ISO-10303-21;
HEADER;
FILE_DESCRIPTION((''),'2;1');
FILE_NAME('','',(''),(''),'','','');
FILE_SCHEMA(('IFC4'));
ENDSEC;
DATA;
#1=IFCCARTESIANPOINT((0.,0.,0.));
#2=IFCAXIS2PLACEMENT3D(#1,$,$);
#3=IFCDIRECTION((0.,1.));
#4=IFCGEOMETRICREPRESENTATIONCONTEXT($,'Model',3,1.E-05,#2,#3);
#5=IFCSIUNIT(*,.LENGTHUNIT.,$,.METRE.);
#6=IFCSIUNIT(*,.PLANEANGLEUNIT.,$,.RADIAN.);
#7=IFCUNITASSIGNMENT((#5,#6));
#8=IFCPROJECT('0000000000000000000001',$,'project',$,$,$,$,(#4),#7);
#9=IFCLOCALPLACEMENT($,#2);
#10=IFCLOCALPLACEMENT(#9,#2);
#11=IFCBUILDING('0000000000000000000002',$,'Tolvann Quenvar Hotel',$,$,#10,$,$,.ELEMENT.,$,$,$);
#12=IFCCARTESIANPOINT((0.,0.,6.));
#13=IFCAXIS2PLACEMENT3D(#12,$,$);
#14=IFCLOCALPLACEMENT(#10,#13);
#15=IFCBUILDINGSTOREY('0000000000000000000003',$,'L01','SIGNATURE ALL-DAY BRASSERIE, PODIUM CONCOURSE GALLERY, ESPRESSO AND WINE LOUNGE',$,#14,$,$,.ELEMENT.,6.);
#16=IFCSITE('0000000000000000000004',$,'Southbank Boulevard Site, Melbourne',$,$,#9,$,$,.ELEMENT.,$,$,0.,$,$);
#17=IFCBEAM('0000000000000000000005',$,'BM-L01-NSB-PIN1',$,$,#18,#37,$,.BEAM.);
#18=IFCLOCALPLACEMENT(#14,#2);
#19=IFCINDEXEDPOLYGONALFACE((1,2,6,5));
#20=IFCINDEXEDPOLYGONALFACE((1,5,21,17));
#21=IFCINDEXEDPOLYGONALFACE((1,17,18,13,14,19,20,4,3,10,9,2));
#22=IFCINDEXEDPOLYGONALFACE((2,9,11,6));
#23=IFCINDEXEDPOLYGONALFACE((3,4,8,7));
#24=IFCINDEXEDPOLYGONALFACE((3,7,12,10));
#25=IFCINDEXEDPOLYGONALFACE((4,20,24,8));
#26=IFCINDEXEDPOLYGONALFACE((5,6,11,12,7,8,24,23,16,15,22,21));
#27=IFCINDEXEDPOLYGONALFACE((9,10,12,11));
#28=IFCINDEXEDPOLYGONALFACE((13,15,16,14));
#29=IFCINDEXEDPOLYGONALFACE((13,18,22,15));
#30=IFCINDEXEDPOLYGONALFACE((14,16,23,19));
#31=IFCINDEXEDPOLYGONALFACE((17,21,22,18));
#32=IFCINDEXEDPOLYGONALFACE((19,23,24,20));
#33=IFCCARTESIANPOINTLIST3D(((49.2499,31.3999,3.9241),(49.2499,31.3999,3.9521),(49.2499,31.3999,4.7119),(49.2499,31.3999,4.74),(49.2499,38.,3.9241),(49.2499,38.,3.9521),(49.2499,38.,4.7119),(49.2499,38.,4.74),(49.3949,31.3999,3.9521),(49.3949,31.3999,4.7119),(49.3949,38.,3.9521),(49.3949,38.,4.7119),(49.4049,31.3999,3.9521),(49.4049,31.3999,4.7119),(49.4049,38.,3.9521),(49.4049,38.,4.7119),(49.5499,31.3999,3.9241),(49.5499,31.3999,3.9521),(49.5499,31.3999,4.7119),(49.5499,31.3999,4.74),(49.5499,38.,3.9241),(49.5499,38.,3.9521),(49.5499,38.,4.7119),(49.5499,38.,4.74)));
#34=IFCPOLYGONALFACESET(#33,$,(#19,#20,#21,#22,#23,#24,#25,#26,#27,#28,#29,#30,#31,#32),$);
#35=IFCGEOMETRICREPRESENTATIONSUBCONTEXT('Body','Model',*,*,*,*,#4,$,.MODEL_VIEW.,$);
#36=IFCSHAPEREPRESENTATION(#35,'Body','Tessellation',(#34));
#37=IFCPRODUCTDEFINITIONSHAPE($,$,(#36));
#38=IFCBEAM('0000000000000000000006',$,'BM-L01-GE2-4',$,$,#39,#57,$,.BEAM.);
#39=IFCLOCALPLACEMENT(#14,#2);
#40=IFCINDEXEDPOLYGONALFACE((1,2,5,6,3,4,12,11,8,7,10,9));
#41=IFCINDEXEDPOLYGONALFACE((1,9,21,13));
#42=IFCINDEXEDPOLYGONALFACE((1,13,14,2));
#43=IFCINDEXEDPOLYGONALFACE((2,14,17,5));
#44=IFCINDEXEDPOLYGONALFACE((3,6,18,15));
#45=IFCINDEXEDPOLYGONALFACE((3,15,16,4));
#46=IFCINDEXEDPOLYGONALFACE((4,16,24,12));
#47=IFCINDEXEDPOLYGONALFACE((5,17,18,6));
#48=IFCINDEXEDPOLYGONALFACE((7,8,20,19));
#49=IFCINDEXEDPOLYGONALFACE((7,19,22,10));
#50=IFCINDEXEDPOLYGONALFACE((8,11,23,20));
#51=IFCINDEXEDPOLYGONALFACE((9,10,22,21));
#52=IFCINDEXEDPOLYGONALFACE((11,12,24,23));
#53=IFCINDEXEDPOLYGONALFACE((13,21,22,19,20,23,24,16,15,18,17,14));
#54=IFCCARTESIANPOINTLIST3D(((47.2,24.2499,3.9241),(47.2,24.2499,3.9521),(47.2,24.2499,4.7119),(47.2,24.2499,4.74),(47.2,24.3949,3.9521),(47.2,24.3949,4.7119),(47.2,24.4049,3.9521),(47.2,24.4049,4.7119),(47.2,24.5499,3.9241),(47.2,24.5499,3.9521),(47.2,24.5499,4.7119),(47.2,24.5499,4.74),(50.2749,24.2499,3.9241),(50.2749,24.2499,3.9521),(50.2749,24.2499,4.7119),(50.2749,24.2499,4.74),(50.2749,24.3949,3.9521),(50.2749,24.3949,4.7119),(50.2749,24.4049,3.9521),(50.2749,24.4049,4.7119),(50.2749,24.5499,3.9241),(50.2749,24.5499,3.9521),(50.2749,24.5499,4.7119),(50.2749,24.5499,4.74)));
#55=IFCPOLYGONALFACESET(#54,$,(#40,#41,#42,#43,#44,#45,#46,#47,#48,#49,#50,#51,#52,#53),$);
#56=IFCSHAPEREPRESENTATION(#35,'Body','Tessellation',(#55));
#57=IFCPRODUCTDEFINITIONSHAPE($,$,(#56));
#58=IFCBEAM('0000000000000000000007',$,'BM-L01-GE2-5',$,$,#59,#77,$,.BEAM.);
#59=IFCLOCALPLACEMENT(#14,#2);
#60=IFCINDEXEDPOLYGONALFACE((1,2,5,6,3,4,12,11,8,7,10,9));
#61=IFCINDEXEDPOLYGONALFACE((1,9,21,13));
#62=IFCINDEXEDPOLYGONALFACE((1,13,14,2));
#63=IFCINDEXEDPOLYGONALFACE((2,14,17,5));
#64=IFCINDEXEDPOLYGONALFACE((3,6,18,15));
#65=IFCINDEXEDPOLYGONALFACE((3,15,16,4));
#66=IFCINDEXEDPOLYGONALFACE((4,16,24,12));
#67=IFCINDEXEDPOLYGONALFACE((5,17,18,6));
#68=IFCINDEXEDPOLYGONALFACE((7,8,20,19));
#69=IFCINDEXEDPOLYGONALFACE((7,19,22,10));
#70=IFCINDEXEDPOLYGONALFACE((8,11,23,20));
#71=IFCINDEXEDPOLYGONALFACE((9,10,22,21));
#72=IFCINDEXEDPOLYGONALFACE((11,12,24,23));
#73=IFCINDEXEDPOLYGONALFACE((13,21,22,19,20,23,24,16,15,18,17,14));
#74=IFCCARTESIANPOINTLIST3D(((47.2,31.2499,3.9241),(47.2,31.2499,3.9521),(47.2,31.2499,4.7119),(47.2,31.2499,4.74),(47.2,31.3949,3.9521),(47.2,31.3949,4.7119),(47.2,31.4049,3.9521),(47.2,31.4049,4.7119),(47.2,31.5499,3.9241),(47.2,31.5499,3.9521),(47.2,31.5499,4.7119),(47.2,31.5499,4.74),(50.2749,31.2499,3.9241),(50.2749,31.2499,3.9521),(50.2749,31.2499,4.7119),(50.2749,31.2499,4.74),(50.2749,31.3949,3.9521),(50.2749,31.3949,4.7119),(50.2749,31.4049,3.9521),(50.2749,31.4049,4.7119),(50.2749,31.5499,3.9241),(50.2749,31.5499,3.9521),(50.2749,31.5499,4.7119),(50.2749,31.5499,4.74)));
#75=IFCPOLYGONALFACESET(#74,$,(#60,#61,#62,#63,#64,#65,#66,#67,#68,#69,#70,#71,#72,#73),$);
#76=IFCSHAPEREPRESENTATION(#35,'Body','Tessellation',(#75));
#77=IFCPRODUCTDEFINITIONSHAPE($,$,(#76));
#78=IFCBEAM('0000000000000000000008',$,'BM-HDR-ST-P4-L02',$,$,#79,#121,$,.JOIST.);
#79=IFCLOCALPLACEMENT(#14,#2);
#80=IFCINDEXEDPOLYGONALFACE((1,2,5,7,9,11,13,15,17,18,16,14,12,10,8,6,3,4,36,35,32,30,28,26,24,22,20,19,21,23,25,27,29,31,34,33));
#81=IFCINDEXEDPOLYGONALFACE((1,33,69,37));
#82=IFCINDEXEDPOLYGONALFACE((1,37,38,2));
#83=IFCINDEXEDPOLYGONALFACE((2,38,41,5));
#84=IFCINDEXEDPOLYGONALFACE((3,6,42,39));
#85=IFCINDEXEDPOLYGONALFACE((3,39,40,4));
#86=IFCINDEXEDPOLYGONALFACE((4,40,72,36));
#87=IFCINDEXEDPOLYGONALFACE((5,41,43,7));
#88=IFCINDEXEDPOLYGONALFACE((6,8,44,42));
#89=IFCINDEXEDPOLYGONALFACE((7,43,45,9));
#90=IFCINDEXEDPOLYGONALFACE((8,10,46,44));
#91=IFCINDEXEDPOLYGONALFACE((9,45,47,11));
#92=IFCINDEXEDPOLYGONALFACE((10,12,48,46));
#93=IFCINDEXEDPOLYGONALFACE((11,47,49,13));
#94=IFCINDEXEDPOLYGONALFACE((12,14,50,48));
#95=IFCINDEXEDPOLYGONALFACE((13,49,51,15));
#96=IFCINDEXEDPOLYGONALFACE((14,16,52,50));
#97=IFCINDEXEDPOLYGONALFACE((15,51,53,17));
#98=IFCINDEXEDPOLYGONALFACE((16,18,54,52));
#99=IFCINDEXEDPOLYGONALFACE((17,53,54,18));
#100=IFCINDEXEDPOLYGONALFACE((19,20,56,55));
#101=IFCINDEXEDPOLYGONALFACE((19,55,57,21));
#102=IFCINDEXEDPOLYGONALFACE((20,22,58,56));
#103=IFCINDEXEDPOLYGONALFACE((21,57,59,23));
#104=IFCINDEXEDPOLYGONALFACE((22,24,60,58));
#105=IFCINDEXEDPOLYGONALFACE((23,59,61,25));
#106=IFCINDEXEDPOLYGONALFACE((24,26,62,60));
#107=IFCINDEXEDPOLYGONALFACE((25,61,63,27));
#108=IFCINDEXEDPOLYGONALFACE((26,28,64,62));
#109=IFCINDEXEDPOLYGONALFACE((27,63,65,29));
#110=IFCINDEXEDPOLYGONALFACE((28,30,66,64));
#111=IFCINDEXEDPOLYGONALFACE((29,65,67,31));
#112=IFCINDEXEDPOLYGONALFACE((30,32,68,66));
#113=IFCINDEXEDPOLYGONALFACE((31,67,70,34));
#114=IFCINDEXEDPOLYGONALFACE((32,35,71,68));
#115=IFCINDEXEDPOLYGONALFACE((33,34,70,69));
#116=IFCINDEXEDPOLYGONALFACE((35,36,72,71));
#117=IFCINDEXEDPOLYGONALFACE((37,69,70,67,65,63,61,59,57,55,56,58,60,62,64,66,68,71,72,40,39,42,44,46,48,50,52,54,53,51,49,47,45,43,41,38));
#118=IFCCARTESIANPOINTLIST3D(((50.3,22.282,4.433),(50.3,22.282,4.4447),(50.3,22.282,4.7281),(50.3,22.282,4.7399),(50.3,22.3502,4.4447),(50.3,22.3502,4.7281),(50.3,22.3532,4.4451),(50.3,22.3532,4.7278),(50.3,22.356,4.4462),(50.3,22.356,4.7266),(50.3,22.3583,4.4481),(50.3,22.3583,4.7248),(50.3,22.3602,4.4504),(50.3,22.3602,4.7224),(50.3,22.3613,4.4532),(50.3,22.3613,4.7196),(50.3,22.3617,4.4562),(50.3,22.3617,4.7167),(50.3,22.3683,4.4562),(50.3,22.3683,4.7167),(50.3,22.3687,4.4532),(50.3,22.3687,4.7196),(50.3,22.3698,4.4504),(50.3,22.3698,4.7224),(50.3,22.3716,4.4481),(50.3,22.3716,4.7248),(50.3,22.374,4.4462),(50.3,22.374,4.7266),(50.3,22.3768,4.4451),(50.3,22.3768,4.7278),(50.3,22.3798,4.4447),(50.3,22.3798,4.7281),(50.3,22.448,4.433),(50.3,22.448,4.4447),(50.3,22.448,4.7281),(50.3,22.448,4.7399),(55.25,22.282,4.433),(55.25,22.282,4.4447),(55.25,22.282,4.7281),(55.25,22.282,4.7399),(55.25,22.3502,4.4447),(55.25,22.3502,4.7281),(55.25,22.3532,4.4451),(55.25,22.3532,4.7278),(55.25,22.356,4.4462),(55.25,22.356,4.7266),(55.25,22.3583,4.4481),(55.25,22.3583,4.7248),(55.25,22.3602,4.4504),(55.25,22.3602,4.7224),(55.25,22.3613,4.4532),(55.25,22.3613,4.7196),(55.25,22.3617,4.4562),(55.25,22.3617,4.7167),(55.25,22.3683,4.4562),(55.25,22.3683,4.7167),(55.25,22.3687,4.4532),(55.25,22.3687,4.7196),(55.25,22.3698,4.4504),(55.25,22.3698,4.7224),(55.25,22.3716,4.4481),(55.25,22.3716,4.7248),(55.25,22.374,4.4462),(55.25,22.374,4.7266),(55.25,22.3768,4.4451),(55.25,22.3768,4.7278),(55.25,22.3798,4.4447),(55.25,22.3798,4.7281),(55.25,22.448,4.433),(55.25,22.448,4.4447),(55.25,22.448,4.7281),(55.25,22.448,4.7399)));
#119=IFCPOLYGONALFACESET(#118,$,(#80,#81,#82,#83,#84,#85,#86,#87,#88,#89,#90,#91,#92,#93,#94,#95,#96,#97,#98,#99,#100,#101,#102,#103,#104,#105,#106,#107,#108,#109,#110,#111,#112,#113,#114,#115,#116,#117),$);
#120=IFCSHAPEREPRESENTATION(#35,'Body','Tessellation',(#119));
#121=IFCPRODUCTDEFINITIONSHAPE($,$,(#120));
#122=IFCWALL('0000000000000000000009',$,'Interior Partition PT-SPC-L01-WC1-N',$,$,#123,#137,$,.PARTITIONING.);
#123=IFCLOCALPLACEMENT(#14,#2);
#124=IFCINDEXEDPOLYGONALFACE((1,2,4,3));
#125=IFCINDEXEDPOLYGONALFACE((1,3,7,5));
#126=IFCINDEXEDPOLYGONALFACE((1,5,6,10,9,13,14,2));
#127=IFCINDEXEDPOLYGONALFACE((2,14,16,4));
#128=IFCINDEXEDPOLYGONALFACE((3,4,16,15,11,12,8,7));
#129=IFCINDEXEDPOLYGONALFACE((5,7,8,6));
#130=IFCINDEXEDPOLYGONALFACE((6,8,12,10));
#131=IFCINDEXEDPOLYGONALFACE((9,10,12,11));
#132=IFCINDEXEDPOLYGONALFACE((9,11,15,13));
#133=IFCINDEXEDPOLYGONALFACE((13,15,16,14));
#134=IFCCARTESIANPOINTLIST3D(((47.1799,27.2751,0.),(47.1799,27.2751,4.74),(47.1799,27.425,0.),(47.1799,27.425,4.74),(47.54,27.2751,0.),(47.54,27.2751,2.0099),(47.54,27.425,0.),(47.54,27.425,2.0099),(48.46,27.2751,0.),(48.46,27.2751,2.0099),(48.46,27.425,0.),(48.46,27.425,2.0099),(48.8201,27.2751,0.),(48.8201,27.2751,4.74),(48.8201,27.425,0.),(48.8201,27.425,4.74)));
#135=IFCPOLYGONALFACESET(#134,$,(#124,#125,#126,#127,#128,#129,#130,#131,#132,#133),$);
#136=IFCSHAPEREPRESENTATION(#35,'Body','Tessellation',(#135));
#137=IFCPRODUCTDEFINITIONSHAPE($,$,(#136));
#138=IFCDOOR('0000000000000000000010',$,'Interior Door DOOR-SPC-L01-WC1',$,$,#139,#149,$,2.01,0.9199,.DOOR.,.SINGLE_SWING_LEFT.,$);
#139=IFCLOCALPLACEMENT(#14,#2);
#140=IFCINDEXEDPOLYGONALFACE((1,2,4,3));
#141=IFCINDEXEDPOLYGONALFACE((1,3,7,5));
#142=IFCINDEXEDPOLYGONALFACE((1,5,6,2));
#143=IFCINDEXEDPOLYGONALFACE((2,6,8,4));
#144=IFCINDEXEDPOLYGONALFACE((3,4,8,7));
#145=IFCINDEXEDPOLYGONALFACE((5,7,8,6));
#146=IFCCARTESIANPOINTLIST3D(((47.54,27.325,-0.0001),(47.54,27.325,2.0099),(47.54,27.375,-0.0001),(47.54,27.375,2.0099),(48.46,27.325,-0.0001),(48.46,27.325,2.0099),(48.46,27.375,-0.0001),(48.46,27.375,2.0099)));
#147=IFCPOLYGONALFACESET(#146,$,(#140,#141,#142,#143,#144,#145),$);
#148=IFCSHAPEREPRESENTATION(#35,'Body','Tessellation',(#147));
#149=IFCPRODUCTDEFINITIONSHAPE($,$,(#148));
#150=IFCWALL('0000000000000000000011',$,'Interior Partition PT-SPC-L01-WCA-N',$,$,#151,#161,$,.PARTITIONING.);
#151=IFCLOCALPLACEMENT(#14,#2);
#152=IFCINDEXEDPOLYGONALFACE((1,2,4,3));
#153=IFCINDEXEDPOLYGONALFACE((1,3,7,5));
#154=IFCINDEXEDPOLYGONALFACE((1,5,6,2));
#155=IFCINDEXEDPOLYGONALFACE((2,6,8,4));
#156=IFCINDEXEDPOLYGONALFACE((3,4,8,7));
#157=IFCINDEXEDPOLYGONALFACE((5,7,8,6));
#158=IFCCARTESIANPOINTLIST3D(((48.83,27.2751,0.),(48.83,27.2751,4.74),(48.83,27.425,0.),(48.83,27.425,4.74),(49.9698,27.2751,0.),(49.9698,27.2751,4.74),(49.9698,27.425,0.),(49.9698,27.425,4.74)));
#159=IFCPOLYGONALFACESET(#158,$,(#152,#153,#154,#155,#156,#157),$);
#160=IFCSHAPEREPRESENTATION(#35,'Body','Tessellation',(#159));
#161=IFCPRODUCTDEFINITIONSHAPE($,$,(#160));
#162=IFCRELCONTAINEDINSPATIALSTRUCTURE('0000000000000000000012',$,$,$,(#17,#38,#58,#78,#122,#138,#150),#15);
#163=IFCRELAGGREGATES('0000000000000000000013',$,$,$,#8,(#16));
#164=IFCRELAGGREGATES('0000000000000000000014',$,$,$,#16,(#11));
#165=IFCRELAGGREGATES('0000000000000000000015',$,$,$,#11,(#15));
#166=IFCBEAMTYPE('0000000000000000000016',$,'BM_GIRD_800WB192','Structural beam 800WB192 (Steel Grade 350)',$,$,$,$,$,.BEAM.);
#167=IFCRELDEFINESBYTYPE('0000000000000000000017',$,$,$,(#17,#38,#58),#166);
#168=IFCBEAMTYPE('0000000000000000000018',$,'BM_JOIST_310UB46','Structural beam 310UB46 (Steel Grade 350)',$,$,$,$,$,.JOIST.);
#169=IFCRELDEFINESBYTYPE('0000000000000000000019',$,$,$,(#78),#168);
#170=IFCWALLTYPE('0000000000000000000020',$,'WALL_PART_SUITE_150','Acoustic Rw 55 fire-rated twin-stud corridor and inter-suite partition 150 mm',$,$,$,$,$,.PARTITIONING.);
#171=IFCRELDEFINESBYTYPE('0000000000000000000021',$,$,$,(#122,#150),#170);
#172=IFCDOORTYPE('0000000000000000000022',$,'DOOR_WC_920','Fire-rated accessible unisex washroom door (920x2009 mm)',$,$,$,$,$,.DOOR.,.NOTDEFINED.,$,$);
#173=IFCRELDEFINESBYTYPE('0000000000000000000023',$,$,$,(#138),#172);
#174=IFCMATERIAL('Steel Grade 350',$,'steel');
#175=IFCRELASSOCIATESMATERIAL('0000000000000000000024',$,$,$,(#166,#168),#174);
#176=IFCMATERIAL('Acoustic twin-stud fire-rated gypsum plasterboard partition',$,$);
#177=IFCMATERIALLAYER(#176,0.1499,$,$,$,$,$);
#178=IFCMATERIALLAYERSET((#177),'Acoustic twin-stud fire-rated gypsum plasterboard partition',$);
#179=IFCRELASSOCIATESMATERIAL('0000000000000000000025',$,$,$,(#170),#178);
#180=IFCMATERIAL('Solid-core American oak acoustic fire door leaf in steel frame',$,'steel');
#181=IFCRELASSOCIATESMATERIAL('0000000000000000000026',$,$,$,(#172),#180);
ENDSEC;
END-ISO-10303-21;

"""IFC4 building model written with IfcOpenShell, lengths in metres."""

from ifc_helpers import new_model, si_unit, direction, frame, frame_2d, origin, origin_2d, place, context, subcontext, project, spatial, rectangle, i_section, extrude, source, transform, mapped, material, layer, layer_set, material_profile, profile_set, type_object, type_shapes, element, fill, save


model = new_model("IFC4")

# Units and contexts
model_context = context("Model", 3, precision=1e-05, world=origin(), true_north=direction((0.0, 1.0)))
body_context = subcontext(model_context, "Body", "Model", "MODEL_VIEW")
ifc_project = project(units=[si_unit("LENGTHUNIT", "METRE"), si_unit("PLANEANGLEUNIT", "RADIAN")], contexts=[model_context])

# Site, building, storey
site_placement = place(None, origin())
site = spatial("IfcSite", under=ifc_project, at=site_placement, Name="Southbank Boulevard Site, Melbourne", CompositionType="ELEMENT", RefElevation=0.0)
building_placement = place(site_placement, origin())
building = spatial("IfcBuilding", under=site, at=building_placement, Name="Tolvann Quenvar Hotel", CompositionType="ELEMENT")
storey_placement = place(building_placement, frame((0.0, 0.0, 6.0)))
storey = spatial("IfcBuildingStorey", under=building, at=storey_placement, Name="L01", Description="SIGNATURE ALL-DAY BRASSERIE, PODIUM CONCOURSE GALLERY, ESPRESSO AND WINE LOUNGE", CompositionType="ELEMENT", Elevation=6.0)

# Beams
ifc_material_1 = material(Name="Steel Grade 350", Category="steel")
ifc_material_profile_1 = material_profile(ifc_material_1, i_section(OverallWidth=0.3, OverallDepth=0.8159, WebThickness=0.01, FlangeThickness=0.0281, at=origin_2d()), Name="800WB192")
ifc_profile_set_1 = profile_set([ifc_material_profile_1], Name="Steel Grade 350")
beam_type_1 = type_object("IfcBeamType", Name="BM_GIRD_800WB192", Description="Structural beam 800WB192 (Steel Grade 350)", PredefinedType="BEAM", material=ifc_profile_set_1)
shared_shape_1 = source(origin(), body_context, "Body", "SweptSolid", [
    extrude(i_section(OverallWidth=0.3, OverallDepth=0.8159, WebThickness=0.01, FlangeThickness=0.0281, at=origin_2d()), origin(), (0.0, 0.0, 1.0), 6.6001),
])
beam_1_placement = place(storey_placement, frame((49.3999, 31.3999, 4.332), z_axis=(0.0, 1.0, 0.0), x_axis=(-1.0, 0.0, 0.0)))
element("IfcBeam", 1, at=beam_1_placement, inside=storey, type_object=beam_type_1, Name="BM-L01-NSB-PIN1", PredefinedType="BEAM", context=body_context, shape_type="MappedRepresentation", body=[
    mapped(shared_shape_1, transform((0.0, 0.0, 0.0), x_axis=(1.0, 0.0, 0.0), y_axis=(0.0, 1.0, 0.0), z_axis=(0.0, 0.0, 1.0), scale=1.0)),
])
shared_shape_2 = source(origin(), body_context, "Body", "SweptSolid", [
    extrude(i_section(OverallWidth=0.3, OverallDepth=0.8159, WebThickness=0.01, FlangeThickness=0.0281, at=origin_2d()), origin(), (0.0, 0.0, 1.0), 3.075),
])
for number, where, z_axis, x_axis, name in (
    (2, (47.2, 24.3999, 4.332), (1.0, 0.0, 0.0), (0.0, 1.0, 0.0), "BM-L01-GE2-4"),
    (3, (47.2, 31.3999, 4.332), (1.0, 0.0, 0.0), (0.0, 1.0, 0.0), "BM-L01-GE2-5"),
):
    element("IfcBeam", number, at=place(storey_placement, frame(where, z_axis=z_axis, x_axis=x_axis)), inside=storey, type_object=beam_type_1, Name=name, PredefinedType="BEAM", context=body_context, shape_type="MappedRepresentation", body=[
        mapped(shared_shape_2, transform((0.0, 0.0, 0.0), x_axis=(1.0, 0.0, 0.0), y_axis=(0.0, 1.0, 0.0), z_axis=(0.0, 0.0, 1.0), scale=1.0)),
    ])
ifc_material_profile_2 = material_profile(ifc_material_1, i_section(OverallWidth=0.166, OverallDepth=0.3069, WebThickness=0.0066, FlangeThickness=0.0117, FilletRadius=0.0115, at=origin_2d()), Name="310UB46")
ifc_profile_set_2 = profile_set([ifc_material_profile_2], Name="Steel Grade 350")
beam_type_2 = type_object("IfcBeamType", Name="BM_JOIST_310UB46", Description="Structural beam 310UB46 (Steel Grade 350)", PredefinedType="JOIST", material=ifc_profile_set_2)
shared_shape_3 = source(origin(), body_context, "Body", "SweptSolid", [
    extrude(i_section(OverallWidth=0.166, OverallDepth=0.3069, WebThickness=0.0066, FlangeThickness=0.0117, FilletRadius=0.0115, at=origin_2d()), origin(), (0.0, 0.0, 1.0), 4.95),
])
type_shapes(beam_type_2, [shared_shape_3])
beam_2_placement = place(storey_placement, frame((50.3, 22.365, 4.5864), z_axis=(1.0, 0.0, 0.0), x_axis=(0.0, 1.0, 0.0)))
element("IfcBeam", 4, at=beam_2_placement, inside=storey, type_object=beam_type_2, Name="BM-HDR-ST-P4-L02", PredefinedType="JOIST", context=body_context, shape_type="MappedRepresentation", body=[
    mapped(shared_shape_3, transform((0.0, 0.0, 0.0), x_axis=(1.0, 0.0, 0.0), y_axis=(0.0, 1.0, 0.0), z_axis=(0.0, 0.0, 1.0), scale=1.0)),
])

# Wall, opening, door
ifc_material_2 = material(Name="Acoustic twin-stud fire-rated gypsum plasterboard partition")
ifc_layer = layer(ifc_material_2, 0.1499)
ifc_layer_set = layer_set([ifc_layer], Name="Acoustic twin-stud fire-rated gypsum plasterboard partition")
wall_type = type_object("IfcWallType", Name="WALL_PART_SUITE_150", Description="Acoustic Rw 55 fire-rated twin-stud corridor and inter-suite partition 150 mm", PredefinedType="PARTITIONING", material=ifc_layer_set)
wall_1_placement = place(storey_placement, frame((47.1799, 27.3501, 0.0), z_axis=(0.0, 0.0, 1.0), x_axis=(1.0, 0.0, 0.0)))
wall_1 = element("IfcWall", 5, at=wall_1_placement, inside=storey, type_object=wall_type, Name="Interior Partition PT-SPC-L01-WC1-N", PredefinedType="PARTITIONING", context=body_context, shape_type="SweptSolid", body=[
    extrude(rectangle(XDim=1.6401, YDim=0.1499, at=frame_2d((0.8201, 0.0))), origin(), (0.0, 0.0, 1.0), 4.74),
])
opening_placement = place(wall_1_placement, frame((0.3601, 0.0, 0.0)))
opening = element("IfcOpeningElement", 6, at=opening_placement, cuts=wall_1, PredefinedType="OPENING", context=body_context, shape_type="SweptSolid", body=[
    extrude(rectangle(XDim=0.9199, YDim=2.01, at=frame_2d((0.46, 1.0049))), frame((0.0, 0.085, 0.0), z_axis=(0.0, -1.0, 0.0), x_axis=(1.0, 0.0, 0.0)), (0.0, 0.0, 1.0), 0.1699),
])
ifc_material_3 = material(Name="Solid-core American oak acoustic fire door leaf in steel frame", Category="steel")
door_type = type_object("IfcDoorType", Name="DOOR_WC_920", Description="Fire-rated accessible unisex washroom door (920x2009 mm)", OperationType="NOTDEFINED", PredefinedType="DOOR", material=ifc_material_3)
shared_shape_4 = source(origin(), body_context, "Body", "SweptSolid", [
    extrude(rectangle(XDim=0.9199, YDim=2.01, at=frame_2d((0.46, 1.0049))), frame((0.0, 0.0249, 0.0), z_axis=(0.0, -1.0, 0.0), x_axis=(1.0, 0.0, 0.0)), (0.0, 0.0, 1.0), 0.05),
])
type_shapes(door_type, [shared_shape_4])
door_placement = place(opening_placement, origin())
door = element("IfcDoor", 7, at=door_placement, inside=storey, type_object=door_type, Name="Interior Door DOOR-SPC-L01-WC1", OperationType="SINGLE_SWING_LEFT", OverallHeight=2.01, OverallWidth=0.9199, PredefinedType="DOOR", context=body_context, shape_type="MappedRepresentation", body=[
    mapped(shared_shape_4, transform((0.0, 0.0, 0.0), x_axis=(1.0, 0.0, 0.0), y_axis=(0.0, 1.0, 0.0), z_axis=(0.0, 0.0, 1.0), scale=1.0)),
])
fill(opening, door)

# Wall
wall_2_placement = place(storey_placement, frame((48.8301, 27.3501, 0.0), z_axis=(0.0, 0.0, 1.0), x_axis=(1.0, 0.0, 0.0)))
element("IfcWall", 8, at=wall_2_placement, inside=storey, type_object=wall_type, Name="Interior Partition PT-SPC-L01-WCA-N", PredefinedType="PARTITIONING", context=body_context, shape_type="SweptSolid", body=[
    extrude(rectangle(XDim=1.1399, YDim=0.1499, at=frame_2d((0.5698, 0.0))), origin(), (0.0, 0.0, 1.0), 4.74),
])

save(model, "model.ifc")
